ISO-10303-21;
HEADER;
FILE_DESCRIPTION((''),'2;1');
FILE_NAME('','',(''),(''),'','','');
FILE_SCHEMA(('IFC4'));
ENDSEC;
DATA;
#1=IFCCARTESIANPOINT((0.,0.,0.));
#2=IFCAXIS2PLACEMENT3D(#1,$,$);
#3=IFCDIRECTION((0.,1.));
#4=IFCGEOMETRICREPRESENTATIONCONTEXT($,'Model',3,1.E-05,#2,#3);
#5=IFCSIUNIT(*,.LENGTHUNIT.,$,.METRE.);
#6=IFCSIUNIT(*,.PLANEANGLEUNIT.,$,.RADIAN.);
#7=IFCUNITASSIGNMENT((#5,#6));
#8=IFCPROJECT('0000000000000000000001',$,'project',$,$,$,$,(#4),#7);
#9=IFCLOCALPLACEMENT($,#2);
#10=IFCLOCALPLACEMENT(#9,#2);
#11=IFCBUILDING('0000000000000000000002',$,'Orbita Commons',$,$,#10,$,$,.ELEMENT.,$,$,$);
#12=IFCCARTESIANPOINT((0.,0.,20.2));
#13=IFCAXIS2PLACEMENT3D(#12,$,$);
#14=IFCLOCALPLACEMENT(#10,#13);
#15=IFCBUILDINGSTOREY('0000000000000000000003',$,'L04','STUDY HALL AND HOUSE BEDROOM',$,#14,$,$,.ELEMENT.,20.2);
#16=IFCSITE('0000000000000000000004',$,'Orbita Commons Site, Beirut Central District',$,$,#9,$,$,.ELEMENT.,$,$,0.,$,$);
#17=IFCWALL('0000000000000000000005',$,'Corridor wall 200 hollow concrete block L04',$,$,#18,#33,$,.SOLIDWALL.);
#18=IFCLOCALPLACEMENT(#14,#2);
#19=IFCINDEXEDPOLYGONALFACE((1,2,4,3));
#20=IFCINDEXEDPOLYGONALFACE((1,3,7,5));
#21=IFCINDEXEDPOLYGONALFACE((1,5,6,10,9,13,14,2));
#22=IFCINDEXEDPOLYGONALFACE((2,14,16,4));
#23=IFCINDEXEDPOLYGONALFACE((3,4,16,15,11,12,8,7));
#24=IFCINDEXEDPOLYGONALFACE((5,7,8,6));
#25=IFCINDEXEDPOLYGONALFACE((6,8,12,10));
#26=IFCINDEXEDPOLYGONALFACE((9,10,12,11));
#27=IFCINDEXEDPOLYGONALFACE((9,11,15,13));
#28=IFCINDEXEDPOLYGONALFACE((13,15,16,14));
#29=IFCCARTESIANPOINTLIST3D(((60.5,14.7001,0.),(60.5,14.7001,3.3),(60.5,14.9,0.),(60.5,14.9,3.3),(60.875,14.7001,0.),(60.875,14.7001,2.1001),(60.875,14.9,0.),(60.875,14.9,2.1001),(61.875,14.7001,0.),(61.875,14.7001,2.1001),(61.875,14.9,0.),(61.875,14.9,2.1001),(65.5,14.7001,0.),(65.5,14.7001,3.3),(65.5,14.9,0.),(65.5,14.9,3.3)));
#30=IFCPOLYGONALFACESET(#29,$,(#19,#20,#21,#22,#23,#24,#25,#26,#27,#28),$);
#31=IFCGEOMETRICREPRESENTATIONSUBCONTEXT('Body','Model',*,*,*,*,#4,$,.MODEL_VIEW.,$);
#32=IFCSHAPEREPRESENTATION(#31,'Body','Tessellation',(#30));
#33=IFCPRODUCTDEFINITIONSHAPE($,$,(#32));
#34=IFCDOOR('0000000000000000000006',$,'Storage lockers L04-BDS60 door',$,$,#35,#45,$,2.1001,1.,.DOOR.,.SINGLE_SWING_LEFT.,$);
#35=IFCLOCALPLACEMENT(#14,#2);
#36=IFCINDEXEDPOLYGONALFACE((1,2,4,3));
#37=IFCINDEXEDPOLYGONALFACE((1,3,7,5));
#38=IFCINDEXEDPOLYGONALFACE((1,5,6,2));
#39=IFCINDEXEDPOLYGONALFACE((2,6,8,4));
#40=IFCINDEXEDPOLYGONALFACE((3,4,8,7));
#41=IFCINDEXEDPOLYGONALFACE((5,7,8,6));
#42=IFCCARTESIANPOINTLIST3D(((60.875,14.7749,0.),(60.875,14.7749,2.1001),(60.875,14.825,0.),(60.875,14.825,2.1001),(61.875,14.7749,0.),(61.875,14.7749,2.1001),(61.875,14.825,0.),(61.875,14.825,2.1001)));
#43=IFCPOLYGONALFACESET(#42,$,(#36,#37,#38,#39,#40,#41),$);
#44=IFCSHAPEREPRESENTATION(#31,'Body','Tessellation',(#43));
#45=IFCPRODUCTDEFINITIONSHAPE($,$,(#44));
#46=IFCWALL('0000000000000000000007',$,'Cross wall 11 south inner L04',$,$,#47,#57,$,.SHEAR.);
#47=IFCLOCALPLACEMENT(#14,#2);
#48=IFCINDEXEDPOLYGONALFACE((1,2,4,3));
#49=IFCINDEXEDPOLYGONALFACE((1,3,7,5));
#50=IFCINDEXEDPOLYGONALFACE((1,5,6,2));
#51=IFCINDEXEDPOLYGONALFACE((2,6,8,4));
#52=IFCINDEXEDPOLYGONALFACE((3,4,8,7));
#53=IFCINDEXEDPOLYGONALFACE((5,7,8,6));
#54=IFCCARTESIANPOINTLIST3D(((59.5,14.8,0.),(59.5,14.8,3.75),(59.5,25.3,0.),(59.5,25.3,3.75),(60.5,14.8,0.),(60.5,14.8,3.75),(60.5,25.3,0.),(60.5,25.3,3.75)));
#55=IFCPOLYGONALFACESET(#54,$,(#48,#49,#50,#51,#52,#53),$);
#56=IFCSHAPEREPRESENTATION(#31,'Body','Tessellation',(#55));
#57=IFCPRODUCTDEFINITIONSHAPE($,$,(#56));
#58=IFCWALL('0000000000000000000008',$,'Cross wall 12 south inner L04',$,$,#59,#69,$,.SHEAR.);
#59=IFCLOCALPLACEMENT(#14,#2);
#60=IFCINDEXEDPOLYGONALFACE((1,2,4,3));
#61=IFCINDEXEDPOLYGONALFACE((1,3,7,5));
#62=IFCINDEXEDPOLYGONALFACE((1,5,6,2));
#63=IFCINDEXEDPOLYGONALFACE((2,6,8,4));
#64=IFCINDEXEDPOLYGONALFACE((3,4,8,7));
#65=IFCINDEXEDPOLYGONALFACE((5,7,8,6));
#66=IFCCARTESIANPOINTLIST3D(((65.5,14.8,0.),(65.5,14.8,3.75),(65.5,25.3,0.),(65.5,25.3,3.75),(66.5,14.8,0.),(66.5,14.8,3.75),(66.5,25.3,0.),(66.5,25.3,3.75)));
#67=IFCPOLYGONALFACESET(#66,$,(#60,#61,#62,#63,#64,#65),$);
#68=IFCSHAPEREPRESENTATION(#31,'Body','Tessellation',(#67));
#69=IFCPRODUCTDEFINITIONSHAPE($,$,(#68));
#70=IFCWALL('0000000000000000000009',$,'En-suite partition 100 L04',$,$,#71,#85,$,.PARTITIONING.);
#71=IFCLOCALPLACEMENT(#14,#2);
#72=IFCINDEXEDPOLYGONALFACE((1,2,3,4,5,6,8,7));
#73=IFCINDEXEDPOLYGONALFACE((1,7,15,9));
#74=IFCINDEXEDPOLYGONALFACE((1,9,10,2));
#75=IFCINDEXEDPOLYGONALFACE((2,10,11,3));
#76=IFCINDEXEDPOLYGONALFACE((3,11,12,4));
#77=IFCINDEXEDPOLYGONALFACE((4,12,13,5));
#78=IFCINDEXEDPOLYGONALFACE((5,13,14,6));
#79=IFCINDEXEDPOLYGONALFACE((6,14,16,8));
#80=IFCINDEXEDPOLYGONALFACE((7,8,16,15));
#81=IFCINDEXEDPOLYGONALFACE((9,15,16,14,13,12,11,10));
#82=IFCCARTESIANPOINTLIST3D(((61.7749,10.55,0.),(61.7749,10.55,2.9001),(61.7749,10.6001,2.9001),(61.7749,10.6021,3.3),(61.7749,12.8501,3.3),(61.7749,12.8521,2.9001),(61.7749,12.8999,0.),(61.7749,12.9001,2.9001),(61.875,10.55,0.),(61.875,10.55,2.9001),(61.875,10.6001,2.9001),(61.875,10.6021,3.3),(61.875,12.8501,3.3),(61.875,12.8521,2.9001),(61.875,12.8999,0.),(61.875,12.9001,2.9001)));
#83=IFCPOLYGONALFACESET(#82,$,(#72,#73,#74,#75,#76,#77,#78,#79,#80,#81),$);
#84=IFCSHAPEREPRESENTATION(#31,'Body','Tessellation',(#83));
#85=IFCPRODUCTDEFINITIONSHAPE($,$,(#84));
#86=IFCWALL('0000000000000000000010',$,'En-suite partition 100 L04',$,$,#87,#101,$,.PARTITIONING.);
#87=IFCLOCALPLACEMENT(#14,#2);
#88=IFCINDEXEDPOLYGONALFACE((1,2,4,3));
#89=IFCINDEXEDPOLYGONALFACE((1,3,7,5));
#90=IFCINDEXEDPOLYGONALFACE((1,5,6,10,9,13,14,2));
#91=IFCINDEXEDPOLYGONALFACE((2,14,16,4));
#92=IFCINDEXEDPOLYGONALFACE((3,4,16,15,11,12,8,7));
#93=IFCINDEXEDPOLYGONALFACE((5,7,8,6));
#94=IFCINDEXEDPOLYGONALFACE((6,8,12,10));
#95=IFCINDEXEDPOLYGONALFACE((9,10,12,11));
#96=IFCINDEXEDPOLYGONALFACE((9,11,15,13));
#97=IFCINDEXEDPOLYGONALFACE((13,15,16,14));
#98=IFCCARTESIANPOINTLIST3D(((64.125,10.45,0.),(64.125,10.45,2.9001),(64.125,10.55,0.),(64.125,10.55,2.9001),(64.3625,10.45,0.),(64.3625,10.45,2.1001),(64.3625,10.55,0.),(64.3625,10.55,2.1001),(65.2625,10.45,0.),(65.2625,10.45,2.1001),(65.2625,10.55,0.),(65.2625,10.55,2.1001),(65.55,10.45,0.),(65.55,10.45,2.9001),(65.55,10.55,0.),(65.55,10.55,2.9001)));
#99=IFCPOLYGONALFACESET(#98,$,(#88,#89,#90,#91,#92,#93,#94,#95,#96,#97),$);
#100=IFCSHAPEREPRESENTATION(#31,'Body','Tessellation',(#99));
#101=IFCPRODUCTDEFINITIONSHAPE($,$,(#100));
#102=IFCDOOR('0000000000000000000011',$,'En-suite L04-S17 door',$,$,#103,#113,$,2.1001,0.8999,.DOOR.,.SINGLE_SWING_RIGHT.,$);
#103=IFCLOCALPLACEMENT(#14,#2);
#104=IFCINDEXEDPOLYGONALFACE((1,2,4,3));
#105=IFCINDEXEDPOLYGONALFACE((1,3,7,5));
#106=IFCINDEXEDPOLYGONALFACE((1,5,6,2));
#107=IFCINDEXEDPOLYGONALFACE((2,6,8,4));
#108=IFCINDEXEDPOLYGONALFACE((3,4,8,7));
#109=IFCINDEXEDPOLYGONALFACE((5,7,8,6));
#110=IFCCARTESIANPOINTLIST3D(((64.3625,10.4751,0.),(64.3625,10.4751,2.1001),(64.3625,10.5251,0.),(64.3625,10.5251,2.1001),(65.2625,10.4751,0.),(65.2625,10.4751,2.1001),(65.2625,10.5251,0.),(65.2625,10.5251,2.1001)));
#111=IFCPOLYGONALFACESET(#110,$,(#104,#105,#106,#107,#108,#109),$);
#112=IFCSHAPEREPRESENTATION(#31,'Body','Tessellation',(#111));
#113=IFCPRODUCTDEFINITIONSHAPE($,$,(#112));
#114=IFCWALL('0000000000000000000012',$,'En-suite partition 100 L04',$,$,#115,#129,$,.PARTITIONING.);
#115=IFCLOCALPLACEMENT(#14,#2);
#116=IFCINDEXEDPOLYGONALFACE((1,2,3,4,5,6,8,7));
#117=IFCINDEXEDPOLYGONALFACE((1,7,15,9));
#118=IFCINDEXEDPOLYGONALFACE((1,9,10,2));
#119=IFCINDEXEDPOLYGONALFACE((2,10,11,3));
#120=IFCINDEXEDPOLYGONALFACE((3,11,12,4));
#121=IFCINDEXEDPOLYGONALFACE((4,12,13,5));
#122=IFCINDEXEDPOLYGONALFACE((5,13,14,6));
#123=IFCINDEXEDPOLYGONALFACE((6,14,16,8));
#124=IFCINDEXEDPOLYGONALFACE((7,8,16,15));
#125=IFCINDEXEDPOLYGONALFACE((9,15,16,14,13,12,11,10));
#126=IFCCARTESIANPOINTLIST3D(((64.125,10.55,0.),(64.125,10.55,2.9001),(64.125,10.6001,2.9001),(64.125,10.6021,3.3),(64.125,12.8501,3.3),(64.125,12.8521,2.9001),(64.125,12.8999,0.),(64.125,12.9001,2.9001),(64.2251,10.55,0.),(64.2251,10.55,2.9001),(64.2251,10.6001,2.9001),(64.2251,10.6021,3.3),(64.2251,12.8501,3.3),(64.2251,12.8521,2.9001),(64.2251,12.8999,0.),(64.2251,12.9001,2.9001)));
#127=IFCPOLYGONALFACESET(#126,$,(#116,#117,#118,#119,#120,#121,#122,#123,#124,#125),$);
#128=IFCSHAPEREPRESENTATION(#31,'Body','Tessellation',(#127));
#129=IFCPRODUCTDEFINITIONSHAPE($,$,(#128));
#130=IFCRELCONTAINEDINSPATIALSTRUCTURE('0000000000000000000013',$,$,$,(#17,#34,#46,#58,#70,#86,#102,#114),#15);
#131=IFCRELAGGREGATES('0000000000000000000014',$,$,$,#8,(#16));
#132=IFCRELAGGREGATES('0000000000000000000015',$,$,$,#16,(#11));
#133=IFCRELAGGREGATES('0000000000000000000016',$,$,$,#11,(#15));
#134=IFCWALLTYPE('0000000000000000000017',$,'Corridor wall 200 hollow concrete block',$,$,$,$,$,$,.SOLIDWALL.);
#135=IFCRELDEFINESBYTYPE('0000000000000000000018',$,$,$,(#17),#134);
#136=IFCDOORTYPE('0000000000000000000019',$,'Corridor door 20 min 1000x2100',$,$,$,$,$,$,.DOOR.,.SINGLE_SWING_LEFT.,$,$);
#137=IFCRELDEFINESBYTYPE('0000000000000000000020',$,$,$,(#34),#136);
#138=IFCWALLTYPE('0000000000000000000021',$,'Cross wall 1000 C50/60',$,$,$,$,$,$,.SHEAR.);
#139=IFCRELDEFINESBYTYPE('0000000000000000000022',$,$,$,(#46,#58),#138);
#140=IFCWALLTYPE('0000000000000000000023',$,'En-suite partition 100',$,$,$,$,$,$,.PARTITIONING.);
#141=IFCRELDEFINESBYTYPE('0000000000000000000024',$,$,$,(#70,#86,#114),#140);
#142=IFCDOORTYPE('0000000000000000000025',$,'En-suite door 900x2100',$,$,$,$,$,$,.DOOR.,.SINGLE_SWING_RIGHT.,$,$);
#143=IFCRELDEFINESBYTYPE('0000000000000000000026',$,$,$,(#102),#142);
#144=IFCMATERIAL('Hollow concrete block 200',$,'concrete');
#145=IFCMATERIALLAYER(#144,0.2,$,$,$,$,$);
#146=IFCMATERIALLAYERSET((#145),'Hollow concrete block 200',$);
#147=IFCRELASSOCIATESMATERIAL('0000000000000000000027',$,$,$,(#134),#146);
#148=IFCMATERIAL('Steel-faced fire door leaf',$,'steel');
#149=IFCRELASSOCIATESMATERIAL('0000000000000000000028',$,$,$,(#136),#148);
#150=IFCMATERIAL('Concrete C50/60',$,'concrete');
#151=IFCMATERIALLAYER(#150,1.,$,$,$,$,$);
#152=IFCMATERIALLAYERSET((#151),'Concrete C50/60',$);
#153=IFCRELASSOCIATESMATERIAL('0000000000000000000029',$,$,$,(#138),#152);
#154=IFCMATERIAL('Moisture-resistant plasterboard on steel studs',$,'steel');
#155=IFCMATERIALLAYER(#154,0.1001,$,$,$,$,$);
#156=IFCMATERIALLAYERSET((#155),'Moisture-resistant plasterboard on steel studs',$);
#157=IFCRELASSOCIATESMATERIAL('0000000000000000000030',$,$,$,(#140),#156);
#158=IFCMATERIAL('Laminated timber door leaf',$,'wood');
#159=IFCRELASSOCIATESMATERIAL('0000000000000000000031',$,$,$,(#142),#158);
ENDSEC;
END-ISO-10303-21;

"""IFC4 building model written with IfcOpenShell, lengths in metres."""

from ifc_helpers import new_model, si_unit, direction, frame, frame_2d, origin, place, context, subcontext, project, spatial, polyline, rectangle, outline, extrude, material, layer, layer_set, type_object, element, fill, save


model = new_model("IFC4")

# Units and contexts
model_context = context("Model", 3, precision=1e-05, world=origin(), true_north=direction((0.0, 1.0)))
body_context = subcontext(model_context, "Body", "Model", "MODEL_VIEW")
ifc_project = project(units=[si_unit("LENGTHUNIT", "METRE"), si_unit("PLANEANGLEUNIT", "RADIAN")], contexts=[model_context])

# Site, building, storey
site_placement = place(None, origin())
site = spatial("IfcSite", under=ifc_project, at=site_placement, Name="Orbita Commons Site, Beirut Central District", CompositionType="ELEMENT", RefElevation=0.0)
building_placement = place(site_placement, origin())
building = spatial("IfcBuilding", under=site, at=building_placement, Name="Orbita Commons", CompositionType="ELEMENT")
storey_placement = place(building_placement, frame((0.0, 0.0, 20.2)))
storey = spatial("IfcBuildingStorey", under=building, at=storey_placement, Name="L04", Description="STUDY HALL AND HOUSE BEDROOM", CompositionType="ELEMENT", Elevation=20.2)

# Wall, opening, door
ifc_material_1 = material(Name="Hollow concrete block 200", Category="concrete")
ifc_layer_1 = layer(ifc_material_1, 0.2)
ifc_layer_set_1 = layer_set([ifc_layer_1], Name="Hollow concrete block 200")
wall_type_1 = type_object("IfcWallType", Name="Corridor wall 200 hollow concrete block", PredefinedType="SOLIDWALL", material=ifc_layer_set_1)
wall_1_placement = place(storey_placement, frame((60.5, 14.8, 0.0), z_axis=(0.0, 0.0, 1.0), x_axis=(1.0, 0.0, 0.0)))
wall_1 = element("IfcWall", 1, at=wall_1_placement, inside=storey, type_object=wall_type_1, Name="Corridor wall 200 hollow concrete block L04", PredefinedType="SOLIDWALL", context=body_context, shape_type="SweptSolid", body=[
    extrude(rectangle(XDim=5.0, YDim=0.2, at=frame_2d((2.5, 0.0))), origin(), (0.0, 0.0, 1.0), 3.3),
])
opening_1_placement = place(wall_1_placement, frame((0.375, 0.0, 0.0)))
opening_1 = element("IfcOpeningElement", 2, at=opening_1_placement, cuts=wall_1, PredefinedType="OPENING", context=body_context, shape_type="SweptSolid", body=[
    extrude(rectangle(XDim=1.0, YDim=2.1001, at=frame_2d((0.5, 1.05))), frame((0.0, 0.1099, 0.0), z_axis=(0.0, -1.0, 0.0), x_axis=(1.0, 0.0, 0.0)), (0.0, 0.0, 1.0), 0.22),
])
ifc_material_2 = material(Name="Steel-faced fire door leaf", Category="steel")
door_type_1 = type_object("IfcDoorType", Name="Corridor door 20 min 1000x2100", OperationType="SINGLE_SWING_LEFT", PredefinedType="DOOR", material=ifc_material_2)
door_1_placement = place(opening_1_placement, origin())
door_1 = element("IfcDoor", 3, at=door_1_placement, inside=storey, type_object=door_type_1, Name="Storage lockers L04-BDS60 door", OperationType="SINGLE_SWING_LEFT", OverallHeight=2.1001, OverallWidth=1.0, PredefinedType="DOOR", context=body_context, shape_type="SweptSolid", body=[
    extrude(rectangle(XDim=1.0, YDim=2.1001, at=frame_2d((0.5, 1.05))), frame((0.0, 0.0249, 0.0), z_axis=(0.0, -1.0, 0.0), x_axis=(1.0, 0.0, 0.0)), (0.0, 0.0, 1.0), 0.05),
])
fill(opening_1, door_1)

# Walls
ifc_material_3 = material(Name="Concrete C50/60", Category="concrete")
ifc_layer_2 = layer(ifc_material_3, 1.0)
ifc_layer_set_2 = layer_set([ifc_layer_2], Name="Concrete C50/60")
wall_type_2 = type_object("IfcWallType", Name="Cross wall 1000 C50/60", PredefinedType="SHEAR", material=ifc_layer_set_2)
for number, where, z_axis, x_axis, name in (
    (4, (60.0, 14.8, 0.0), (0.0, 0.0, 1.0), (0.0, 1.0, 0.0), "Cross wall 11 south inner L04"),
    (5, (66.0, 14.8, 0.0), (0.0, 0.0, 1.0), (0.0, 1.0, 0.0), "Cross wall 12 south inner L04"),
):
    element("IfcWall", number, at=place(storey_placement, frame(where, z_axis=z_axis, x_axis=x_axis)), inside=storey, type_object=wall_type_2, Name=name, PredefinedType="SHEAR", context=body_context, shape_type="SweptSolid", body=[
        extrude(rectangle(XDim=10.5, YDim=1.0, at=frame_2d((5.25, 0.0))), origin(), (0.0, 0.0, 1.0), 3.75),
    ])
ifc_material_4 = material(Name="Moisture-resistant plasterboard on steel studs", Category="steel")
ifc_layer_3 = layer(ifc_material_4, 0.1001)
ifc_layer_set_3 = layer_set([ifc_layer_3], Name="Moisture-resistant plasterboard on steel studs")
wall_type_3 = type_object("IfcWallType", Name="En-suite partition 100", PredefinedType="PARTITIONING", material=ifc_layer_set_3)
wall_2_placement = place(storey_placement, frame((61.825, 10.55, 0.0), z_axis=(0.0, 0.0, 1.0), x_axis=(0.0, 1.0, 0.0)))
element("IfcWall", 6, at=wall_2_placement, inside=storey, type_object=wall_type_3, Name="En-suite partition 100 L04", PredefinedType="PARTITIONING", context=body_context, shape_type="SweptSolid", body=[
    extrude(outline(polyline([(0.0, 0.0), (2.3499, 0.0), (2.3501, 2.9001), (2.302, 2.9001), (2.3, 3.3), (0.052, 3.3), (0.05, 2.9001), (0.0, 2.9001), (0.0, 0.0)])), frame((0.0, 0.05, 0.0), z_axis=(0.0, -1.0, 0.0), x_axis=(1.0, 0.0, 0.0)), (0.0, 0.0, 1.0), 0.1001),
])

# Wall, opening, door
wall_3_placement = place(storey_placement, frame((65.55, 10.5, 0.0), z_axis=(0.0, 0.0, 1.0), x_axis=(-1.0, 0.0, 0.0)))
wall_3 = element("IfcWall", 7, at=wall_3_placement, inside=storey, type_object=wall_type_3, Name="En-suite partition 100 L04", PredefinedType="PARTITIONING", context=body_context, shape_type="SweptSolid", body=[
    extrude(outline(polyline([(0.0, 0.0), (1.425, 0.0), (1.425, 2.9001), (0.0, 2.9001), (0.0, 0.0)])), frame((0.0, 0.05, 0.0), z_axis=(0.0, -1.0, 0.0), x_axis=(1.0, 0.0, 0.0)), (0.0, 0.0, 1.0), 0.1001),
])
opening_2_placement = place(wall_3_placement, frame((0.2876, 0.0, 0.0)))
opening_2 = element("IfcOpeningElement", 8, at=opening_2_placement, cuts=wall_3, PredefinedType="OPENING", context=body_context, shape_type="SweptSolid", body=[
    extrude(rectangle(XDim=0.8999, YDim=2.1001, at=frame_2d((0.45, 1.05))), frame((0.0, 0.0601, 0.0), z_axis=(0.0, -1.0, 0.0), x_axis=(1.0, 0.0, 0.0)), (0.0, 0.0, 1.0), 0.1201),
])
ifc_material_5 = material(Name="Laminated timber door leaf", Category="wood")
door_type_2 = type_object("IfcDoorType", Name="En-suite door 900x2100", OperationType="SINGLE_SWING_RIGHT", PredefinedType="DOOR", material=ifc_material_5)
door_2_placement = place(opening_2_placement, origin())
door_2 = element("IfcDoor", 9, at=door_2_placement, inside=storey, type_object=door_type_2, Name="En-suite L04-S17 door", OperationType="SINGLE_SWING_RIGHT", OverallHeight=2.1001, OverallWidth=0.8999, PredefinedType="DOOR", context=body_context, shape_type="SweptSolid", body=[
    extrude(rectangle(XDim=0.8999, YDim=2.1001, at=frame_2d((0.45, 1.05))), frame((0.0, 0.0249, 0.0), z_axis=(0.0, -1.0, 0.0), x_axis=(1.0, 0.0, 0.0)), (0.0, 0.0, 1.0), 0.05),
])
fill(opening_2, door_2)

# Wall
wall_4_placement = place(storey_placement, frame((64.175, 10.55, 0.0), z_axis=(0.0, 0.0, 1.0), x_axis=(0.0, 1.0, 0.0)))
element("IfcWall", 10, at=wall_4_placement, inside=storey, type_object=wall_type_3, Name="En-suite partition 100 L04", PredefinedType="PARTITIONING", context=body_context, shape_type="SweptSolid", body=[
    extrude(outline(polyline([(0.0, 0.0), (2.3499, 0.0), (2.3501, 2.9001), (2.302, 2.9001), (2.3, 3.3), (0.052, 3.3), (0.05, 2.9001), (0.0, 2.9001), (0.0, 0.0)])), frame((0.0, 0.05, 0.0), z_axis=(0.0, -1.0, 0.0), x_axis=(1.0, 0.0, 0.0)), (0.0, 0.0, 1.0), 0.1001),
])

save(model, "model.ifc")
